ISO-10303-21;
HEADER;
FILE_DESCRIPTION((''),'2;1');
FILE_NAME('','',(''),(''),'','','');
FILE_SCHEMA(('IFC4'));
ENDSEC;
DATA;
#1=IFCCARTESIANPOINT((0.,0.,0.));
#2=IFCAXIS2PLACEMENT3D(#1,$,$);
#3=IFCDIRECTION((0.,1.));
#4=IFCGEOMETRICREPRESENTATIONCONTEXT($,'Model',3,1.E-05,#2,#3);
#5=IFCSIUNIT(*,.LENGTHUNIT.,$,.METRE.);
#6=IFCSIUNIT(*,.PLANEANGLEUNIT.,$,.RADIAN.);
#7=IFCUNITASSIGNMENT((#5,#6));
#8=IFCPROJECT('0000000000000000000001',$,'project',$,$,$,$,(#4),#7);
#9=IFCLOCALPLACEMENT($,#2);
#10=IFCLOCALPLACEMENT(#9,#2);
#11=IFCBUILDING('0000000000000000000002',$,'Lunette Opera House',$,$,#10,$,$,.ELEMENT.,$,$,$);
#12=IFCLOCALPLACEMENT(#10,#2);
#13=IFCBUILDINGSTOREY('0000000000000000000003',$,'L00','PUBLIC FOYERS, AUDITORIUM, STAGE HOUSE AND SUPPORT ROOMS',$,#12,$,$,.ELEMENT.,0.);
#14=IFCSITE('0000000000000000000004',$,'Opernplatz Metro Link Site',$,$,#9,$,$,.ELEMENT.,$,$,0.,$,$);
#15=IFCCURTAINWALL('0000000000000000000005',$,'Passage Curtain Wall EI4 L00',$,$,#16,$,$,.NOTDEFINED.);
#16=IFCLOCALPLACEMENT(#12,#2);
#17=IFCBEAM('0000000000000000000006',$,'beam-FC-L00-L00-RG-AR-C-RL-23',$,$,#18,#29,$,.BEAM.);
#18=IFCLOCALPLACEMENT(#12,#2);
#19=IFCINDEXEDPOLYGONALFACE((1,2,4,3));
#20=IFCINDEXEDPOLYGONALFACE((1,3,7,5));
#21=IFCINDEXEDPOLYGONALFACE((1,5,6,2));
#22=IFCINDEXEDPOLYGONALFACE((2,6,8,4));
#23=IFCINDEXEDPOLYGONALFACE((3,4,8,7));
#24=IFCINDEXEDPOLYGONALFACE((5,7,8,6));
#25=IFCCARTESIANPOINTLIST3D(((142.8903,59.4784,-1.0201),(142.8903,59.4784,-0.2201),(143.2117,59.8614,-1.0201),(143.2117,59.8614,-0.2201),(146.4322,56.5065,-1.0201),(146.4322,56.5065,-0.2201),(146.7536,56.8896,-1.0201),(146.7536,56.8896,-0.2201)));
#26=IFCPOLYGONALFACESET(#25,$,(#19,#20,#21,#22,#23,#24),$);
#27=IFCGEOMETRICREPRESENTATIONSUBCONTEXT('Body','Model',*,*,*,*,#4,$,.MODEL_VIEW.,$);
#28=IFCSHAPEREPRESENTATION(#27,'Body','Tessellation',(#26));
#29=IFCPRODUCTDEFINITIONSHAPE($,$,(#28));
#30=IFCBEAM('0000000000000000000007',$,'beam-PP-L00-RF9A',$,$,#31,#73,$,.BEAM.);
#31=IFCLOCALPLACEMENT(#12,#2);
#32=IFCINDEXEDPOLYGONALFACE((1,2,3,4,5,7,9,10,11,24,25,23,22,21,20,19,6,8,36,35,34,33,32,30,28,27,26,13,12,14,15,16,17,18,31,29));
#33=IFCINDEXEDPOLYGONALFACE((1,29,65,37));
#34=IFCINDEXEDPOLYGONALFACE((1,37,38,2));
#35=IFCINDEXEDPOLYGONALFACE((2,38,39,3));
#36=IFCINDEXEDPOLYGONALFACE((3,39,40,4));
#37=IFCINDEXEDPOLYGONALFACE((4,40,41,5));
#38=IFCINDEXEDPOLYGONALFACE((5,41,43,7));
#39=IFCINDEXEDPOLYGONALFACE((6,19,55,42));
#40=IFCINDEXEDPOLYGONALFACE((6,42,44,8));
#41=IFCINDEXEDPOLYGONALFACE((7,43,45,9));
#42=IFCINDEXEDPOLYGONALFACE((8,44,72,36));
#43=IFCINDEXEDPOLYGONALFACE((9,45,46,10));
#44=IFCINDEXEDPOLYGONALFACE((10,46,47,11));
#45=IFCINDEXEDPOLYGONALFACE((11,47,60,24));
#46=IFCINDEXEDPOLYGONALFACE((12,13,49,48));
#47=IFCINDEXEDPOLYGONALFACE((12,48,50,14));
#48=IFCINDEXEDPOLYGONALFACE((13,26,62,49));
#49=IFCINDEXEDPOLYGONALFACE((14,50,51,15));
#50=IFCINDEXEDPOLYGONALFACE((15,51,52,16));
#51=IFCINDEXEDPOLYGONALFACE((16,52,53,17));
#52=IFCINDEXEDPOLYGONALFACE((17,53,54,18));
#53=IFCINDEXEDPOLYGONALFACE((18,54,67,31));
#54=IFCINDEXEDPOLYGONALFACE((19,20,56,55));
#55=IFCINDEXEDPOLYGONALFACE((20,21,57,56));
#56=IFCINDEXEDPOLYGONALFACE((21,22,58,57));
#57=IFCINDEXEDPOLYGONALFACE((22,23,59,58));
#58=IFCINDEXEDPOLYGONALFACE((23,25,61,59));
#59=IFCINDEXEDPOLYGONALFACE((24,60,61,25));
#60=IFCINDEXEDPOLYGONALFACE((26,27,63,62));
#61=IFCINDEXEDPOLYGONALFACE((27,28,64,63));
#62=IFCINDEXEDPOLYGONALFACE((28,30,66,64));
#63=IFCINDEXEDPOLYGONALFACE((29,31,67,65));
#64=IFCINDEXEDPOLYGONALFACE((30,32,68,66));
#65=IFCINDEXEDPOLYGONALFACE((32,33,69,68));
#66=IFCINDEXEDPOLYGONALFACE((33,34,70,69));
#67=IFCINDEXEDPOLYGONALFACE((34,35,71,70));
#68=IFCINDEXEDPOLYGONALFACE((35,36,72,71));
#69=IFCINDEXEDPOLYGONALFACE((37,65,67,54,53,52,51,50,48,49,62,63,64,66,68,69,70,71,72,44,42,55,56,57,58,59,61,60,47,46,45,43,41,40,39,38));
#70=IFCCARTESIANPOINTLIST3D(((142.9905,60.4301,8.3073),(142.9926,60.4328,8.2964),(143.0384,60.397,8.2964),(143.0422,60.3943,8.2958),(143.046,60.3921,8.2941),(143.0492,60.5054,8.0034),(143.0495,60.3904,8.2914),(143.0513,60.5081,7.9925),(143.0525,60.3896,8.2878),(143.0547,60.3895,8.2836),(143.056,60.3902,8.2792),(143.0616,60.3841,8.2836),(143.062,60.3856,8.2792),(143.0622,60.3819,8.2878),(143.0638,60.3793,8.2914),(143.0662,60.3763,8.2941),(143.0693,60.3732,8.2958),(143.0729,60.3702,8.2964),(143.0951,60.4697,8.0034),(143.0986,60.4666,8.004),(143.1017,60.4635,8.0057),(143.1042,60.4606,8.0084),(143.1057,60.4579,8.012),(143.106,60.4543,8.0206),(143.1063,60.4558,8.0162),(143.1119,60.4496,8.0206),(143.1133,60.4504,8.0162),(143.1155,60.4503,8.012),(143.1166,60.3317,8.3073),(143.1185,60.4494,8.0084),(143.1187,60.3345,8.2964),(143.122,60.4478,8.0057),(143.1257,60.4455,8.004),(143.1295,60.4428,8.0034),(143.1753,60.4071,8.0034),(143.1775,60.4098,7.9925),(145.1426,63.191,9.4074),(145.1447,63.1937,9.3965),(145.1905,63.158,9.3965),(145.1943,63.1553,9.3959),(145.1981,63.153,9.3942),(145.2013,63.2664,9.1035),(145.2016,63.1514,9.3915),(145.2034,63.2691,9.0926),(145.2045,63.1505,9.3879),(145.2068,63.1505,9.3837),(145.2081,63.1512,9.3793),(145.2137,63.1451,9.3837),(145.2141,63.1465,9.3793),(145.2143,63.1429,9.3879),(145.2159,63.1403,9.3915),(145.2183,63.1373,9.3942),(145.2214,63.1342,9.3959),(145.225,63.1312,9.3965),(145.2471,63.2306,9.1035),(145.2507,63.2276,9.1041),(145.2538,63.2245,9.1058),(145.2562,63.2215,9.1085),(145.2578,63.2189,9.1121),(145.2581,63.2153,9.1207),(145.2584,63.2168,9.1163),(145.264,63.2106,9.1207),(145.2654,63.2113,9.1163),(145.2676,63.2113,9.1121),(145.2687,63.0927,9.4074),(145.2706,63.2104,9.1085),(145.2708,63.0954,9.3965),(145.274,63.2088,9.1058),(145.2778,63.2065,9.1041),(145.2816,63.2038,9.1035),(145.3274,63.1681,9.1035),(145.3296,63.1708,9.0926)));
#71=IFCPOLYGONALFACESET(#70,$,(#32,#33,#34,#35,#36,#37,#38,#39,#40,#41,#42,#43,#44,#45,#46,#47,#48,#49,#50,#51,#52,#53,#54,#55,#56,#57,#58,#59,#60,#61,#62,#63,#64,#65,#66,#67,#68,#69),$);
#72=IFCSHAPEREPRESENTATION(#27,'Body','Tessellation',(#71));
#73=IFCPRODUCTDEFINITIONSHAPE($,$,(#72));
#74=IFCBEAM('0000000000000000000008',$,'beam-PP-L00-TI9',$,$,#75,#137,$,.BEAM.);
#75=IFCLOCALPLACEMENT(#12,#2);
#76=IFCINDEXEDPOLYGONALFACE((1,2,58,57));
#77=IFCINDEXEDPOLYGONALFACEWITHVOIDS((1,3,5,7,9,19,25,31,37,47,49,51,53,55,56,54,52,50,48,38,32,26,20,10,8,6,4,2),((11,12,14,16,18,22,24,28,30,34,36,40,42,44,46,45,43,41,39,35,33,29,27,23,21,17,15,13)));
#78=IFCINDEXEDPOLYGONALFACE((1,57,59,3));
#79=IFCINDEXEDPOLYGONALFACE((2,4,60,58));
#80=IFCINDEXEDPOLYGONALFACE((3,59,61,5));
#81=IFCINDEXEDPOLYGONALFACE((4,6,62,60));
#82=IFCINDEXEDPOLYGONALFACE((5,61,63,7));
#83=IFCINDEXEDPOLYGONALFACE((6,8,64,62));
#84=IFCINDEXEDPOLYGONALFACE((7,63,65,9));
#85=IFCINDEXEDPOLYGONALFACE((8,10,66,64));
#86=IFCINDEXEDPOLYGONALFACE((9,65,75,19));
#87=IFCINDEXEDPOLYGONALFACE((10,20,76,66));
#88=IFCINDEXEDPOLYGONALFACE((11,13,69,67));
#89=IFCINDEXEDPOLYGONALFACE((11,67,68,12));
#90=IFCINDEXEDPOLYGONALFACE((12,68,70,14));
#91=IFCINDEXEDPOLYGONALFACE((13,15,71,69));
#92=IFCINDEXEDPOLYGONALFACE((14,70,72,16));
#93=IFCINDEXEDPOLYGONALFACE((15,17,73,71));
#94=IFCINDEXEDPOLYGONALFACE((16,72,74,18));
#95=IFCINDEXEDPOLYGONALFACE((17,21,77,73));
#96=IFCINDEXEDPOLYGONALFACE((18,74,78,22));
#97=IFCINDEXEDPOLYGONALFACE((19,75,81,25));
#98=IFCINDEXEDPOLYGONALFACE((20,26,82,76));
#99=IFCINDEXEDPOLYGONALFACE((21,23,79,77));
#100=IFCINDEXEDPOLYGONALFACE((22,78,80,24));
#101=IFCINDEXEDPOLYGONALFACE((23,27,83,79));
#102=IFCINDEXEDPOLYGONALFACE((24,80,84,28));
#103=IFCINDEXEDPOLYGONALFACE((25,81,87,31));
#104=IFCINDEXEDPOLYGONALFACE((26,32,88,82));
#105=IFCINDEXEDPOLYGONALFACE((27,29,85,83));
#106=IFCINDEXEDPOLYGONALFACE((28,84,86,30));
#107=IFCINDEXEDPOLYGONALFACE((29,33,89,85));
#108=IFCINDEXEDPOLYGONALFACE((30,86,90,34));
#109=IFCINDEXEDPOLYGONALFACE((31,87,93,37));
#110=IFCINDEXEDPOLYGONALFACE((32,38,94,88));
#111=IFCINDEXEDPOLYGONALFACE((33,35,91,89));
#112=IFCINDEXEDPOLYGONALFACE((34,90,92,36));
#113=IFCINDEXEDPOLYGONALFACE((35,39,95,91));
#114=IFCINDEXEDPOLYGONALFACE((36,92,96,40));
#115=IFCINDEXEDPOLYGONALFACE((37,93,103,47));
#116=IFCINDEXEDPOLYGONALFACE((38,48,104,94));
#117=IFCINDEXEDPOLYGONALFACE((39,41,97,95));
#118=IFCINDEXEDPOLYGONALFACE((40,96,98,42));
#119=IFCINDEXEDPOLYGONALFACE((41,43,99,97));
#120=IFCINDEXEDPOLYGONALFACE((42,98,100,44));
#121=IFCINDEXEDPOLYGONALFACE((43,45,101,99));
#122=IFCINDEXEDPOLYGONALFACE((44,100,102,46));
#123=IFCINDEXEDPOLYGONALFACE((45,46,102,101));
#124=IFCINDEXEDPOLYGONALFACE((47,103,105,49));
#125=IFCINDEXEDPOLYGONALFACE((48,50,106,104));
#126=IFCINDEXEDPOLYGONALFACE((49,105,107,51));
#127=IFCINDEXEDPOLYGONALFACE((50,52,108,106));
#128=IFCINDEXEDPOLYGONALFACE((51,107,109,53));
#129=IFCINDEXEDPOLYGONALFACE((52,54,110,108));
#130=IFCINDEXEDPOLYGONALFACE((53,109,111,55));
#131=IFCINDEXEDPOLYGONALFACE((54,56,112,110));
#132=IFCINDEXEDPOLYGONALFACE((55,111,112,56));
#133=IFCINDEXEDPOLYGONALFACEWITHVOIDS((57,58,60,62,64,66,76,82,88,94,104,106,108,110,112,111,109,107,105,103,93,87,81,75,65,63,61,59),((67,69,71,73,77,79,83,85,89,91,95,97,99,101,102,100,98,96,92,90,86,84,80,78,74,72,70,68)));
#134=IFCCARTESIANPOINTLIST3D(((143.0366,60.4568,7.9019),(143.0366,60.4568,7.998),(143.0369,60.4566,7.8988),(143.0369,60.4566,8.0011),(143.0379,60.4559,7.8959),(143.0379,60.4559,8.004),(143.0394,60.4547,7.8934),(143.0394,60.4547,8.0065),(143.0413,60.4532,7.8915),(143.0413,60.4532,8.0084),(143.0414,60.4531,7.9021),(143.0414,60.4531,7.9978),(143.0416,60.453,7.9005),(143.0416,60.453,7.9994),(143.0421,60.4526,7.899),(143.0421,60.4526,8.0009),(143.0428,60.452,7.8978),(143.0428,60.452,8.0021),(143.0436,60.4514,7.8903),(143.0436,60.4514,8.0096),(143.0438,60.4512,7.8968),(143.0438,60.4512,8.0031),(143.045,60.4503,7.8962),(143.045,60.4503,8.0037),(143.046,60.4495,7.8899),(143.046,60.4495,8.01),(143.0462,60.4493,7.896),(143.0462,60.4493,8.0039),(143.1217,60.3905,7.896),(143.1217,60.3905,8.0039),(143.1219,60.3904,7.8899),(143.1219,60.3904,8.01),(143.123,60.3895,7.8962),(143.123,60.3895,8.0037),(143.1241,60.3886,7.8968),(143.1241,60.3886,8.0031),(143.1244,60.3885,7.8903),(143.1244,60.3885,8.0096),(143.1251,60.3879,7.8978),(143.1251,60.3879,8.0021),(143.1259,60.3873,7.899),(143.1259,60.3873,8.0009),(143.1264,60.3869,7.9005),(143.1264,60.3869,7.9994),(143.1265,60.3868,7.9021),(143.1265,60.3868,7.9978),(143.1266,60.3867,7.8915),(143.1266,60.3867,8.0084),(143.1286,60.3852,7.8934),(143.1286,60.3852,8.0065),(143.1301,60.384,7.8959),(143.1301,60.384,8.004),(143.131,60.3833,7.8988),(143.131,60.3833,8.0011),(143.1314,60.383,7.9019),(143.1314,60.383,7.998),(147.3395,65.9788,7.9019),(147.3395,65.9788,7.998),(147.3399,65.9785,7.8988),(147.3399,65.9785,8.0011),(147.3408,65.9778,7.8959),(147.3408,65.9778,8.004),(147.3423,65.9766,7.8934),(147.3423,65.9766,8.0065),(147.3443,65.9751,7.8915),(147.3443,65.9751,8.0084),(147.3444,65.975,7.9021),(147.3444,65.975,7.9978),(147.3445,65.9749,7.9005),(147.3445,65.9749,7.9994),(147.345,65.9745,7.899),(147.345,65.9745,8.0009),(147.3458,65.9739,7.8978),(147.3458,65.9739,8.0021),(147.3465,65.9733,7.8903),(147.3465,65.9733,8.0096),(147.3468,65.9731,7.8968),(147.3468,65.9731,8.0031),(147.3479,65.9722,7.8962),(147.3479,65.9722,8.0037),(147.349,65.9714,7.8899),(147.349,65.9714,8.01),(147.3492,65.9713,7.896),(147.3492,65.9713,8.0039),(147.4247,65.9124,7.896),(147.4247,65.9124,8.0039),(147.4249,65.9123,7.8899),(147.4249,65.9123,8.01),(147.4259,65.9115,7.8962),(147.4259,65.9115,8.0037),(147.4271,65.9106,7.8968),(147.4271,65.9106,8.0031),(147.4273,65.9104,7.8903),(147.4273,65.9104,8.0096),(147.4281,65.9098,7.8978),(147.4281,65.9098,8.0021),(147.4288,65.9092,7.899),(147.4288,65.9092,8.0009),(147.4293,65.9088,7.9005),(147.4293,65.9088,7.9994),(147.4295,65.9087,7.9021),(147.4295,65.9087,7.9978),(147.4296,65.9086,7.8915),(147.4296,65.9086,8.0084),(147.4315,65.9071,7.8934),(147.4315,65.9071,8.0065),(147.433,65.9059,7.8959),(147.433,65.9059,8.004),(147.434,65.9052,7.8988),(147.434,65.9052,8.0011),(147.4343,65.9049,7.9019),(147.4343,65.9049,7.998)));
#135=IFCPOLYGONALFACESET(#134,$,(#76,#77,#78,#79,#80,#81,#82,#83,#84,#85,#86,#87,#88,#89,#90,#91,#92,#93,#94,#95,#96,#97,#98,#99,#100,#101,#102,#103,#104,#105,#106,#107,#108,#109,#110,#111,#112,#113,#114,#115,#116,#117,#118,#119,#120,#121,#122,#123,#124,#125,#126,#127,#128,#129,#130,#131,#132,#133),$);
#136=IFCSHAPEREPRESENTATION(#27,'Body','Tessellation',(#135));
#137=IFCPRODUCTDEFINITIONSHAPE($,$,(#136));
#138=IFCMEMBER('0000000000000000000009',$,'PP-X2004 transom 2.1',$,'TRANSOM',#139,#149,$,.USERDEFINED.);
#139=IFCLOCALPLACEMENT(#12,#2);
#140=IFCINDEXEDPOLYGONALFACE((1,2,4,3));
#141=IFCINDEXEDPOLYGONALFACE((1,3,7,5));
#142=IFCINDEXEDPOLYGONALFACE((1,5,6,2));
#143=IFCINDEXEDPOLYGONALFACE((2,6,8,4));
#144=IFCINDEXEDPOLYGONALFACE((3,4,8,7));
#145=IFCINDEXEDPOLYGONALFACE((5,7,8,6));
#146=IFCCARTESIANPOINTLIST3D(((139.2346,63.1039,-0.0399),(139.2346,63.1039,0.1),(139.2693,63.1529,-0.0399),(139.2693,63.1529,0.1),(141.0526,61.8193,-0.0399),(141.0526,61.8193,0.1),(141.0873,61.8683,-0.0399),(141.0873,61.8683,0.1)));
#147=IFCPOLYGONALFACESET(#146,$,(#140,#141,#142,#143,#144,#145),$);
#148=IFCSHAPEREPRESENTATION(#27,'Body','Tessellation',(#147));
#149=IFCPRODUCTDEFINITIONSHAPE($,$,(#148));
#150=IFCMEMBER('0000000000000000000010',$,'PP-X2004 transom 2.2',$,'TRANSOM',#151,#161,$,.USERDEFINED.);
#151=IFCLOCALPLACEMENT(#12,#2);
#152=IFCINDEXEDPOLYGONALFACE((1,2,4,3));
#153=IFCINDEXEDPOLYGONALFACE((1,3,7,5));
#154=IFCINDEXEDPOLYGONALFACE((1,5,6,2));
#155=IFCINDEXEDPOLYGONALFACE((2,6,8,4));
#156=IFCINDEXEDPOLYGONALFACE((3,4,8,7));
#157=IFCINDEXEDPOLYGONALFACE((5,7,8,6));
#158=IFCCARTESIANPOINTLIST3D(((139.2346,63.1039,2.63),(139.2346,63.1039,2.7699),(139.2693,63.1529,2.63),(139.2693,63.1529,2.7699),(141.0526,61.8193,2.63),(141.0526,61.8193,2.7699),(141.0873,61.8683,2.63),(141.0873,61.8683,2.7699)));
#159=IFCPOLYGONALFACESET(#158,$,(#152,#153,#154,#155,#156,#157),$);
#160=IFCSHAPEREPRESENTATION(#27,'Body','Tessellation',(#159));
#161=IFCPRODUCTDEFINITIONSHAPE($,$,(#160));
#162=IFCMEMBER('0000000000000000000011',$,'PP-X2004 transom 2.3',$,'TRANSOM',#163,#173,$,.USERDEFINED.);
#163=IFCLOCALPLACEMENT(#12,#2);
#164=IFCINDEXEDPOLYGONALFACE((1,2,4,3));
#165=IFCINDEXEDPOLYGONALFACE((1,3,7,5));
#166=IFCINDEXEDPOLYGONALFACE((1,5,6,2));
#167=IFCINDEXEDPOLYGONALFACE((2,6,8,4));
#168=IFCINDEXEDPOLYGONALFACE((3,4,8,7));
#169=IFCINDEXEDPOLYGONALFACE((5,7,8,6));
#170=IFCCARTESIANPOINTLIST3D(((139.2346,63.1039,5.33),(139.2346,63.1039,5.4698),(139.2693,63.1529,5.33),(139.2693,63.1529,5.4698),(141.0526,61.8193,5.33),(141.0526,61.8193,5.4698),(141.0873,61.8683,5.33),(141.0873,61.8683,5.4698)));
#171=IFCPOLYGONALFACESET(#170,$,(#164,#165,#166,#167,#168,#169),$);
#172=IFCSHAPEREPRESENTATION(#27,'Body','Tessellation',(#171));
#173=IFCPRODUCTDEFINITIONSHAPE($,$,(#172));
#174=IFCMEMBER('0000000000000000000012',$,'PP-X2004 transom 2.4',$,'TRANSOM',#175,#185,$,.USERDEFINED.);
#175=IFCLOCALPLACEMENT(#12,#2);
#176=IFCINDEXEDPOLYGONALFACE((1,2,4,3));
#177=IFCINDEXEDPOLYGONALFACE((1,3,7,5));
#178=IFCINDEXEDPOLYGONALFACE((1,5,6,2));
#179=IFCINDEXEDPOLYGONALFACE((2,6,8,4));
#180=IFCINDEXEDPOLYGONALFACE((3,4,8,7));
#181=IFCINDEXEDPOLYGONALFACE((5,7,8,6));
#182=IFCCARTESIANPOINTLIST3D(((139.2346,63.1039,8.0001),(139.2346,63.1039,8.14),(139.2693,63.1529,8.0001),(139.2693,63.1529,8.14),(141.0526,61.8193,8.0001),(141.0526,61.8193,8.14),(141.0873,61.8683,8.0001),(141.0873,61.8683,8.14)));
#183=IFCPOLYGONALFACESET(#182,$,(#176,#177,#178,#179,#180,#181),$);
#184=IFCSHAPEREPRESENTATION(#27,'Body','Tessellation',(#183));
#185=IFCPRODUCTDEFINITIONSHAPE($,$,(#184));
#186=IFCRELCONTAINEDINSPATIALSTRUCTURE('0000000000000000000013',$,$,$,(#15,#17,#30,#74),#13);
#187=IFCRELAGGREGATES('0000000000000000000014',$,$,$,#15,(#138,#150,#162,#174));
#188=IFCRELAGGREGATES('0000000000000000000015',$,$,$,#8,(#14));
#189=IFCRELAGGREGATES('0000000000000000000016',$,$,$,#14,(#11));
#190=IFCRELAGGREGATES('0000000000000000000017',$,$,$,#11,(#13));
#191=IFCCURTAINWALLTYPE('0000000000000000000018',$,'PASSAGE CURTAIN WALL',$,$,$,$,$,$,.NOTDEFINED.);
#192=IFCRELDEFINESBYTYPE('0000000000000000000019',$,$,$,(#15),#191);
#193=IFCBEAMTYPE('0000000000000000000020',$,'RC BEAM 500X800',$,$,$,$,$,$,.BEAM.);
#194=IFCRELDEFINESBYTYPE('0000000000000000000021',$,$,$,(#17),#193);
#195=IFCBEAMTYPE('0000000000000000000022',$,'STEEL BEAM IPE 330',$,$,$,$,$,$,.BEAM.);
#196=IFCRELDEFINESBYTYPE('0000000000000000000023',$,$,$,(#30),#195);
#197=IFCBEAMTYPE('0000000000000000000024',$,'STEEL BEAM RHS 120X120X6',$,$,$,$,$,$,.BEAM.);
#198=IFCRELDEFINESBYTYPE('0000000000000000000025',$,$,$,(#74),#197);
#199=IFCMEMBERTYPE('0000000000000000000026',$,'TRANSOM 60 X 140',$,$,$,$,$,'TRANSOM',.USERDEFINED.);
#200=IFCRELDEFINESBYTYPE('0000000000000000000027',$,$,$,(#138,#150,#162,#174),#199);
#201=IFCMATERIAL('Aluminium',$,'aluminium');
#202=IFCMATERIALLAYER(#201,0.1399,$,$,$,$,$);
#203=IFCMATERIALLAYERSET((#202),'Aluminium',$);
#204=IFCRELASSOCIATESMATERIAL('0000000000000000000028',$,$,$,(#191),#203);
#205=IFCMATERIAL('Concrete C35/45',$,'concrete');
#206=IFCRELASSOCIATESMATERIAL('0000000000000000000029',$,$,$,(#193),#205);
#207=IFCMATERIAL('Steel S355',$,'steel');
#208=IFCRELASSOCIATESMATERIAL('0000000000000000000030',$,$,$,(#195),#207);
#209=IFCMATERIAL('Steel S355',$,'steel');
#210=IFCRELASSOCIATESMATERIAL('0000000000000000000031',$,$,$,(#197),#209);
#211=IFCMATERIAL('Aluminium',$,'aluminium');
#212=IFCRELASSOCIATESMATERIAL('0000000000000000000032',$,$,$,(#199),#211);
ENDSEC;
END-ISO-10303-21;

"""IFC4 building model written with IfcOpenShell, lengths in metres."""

from ifc_helpers import new_model, si_unit, direction, frame, origin, origin_2d, place, context, subcontext, project, spatial, rectangle, hollow_rectangle, i_section, extrude, material, layer, layer_set, material_profile, profile_set, type_object, element, aggregate, save


model = new_model("IFC4")

# Units and contexts
model_context = context("Model", 3, precision=1e-05, world=origin(), true_north=direction((0.0, 1.0)))
body_context = subcontext(model_context, "Body", "Model", "MODEL_VIEW")
ifc_project = project(units=[si_unit("LENGTHUNIT", "METRE"), si_unit("PLANEANGLEUNIT", "RADIAN")], contexts=[model_context])

# Site, building, storey
site_placement = place(None, origin())
site = spatial("IfcSite", under=ifc_project, at=site_placement, Name="Opernplatz Metro Link Site", CompositionType="ELEMENT", RefElevation=0.0)
building_placement = place(site_placement, origin())
building = spatial("IfcBuilding", under=site, at=building_placement, Name="Lunette Opera House", CompositionType="ELEMENT")
storey_placement = place(building_placement, origin())
storey = spatial("IfcBuildingStorey", under=building, at=storey_placement, Name="L00", Description="PUBLIC FOYERS, AUDITORIUM, STAGE HOUSE AND SUPPORT ROOMS", CompositionType="ELEMENT", Elevation=0.0)

# Curtain wall
ifc_material_1 = material(Name="Aluminium", Category="aluminium")
ifc_layer_1 = layer(ifc_material_1, 0.1399)
ifc_layer_set_1 = layer_set([ifc_layer_1], Name="Aluminium")
curtain_wall_type = type_object("IfcCurtainWallType", Name="PASSAGE CURTAIN WALL", PredefinedType="NOTDEFINED", material=ifc_layer_set_1)
curtain_wall_1_placement = place(storey_placement, origin())
curtain_wall_1 = element("IfcCurtainWall", 1, at=curtain_wall_1_placement, inside=storey, type_object=curtain_wall_type, Name="Passage Curtain Wall EI4 L00", PredefinedType="NOTDEFINED")

# Beams
ifc_material_2 = material(Name="Concrete C35/45", Category="concrete")
ifc_material_profile_1 = material_profile(ifc_material_2, rectangle(XDim=0.5, YDim=0.8, at=origin_2d()), Name="RC BEAM 500X800")
ifc_profile_set_1 = profile_set([ifc_material_profile_1], Name="Concrete C35/45")
beam_type_1 = type_object("IfcBeamType", Name="RC BEAM 500X800", PredefinedType="BEAM", material=ifc_profile_set_1)
beam_1_placement = place(storey_placement, frame((143.051, 59.6699, -0.6201), z_axis=(0.766062, -0.642767, 0.0), x_axis=(0.642767, 0.766062, 0.0)))
element("IfcBeam", 2, at=beam_1_placement, inside=storey, type_object=beam_type_1, Name="beam-FC-L00-L00-RG-AR-C-RL-23", PredefinedType="BEAM", context=body_context, shape_type="SweptSolid", body=[
    extrude(rectangle(XDim=0.5, YDim=0.8, at=origin_2d()), origin(), (0.0, 0.0, 1.0), 4.6235),
])
ifc_material_3 = material(Name="Steel S355", Category="steel")
ifc_material_profile_2 = material_profile(ifc_material_3, i_section(OverallWidth=0.1599, OverallDepth=0.3301, WebThickness=0.0076, FlangeThickness=0.0115, FilletRadius=0.0181, at=origin_2d()), Name="IPE 330")
ifc_profile_set_2 = profile_set([ifc_material_profile_2], Name="Steel S355")
beam_type_2 = type_object("IfcBeamType", Name="STEEL BEAM IPE 330", PredefinedType="BEAM", material=ifc_profile_set_2)
beam_2_placement = place(storey_placement, frame((143.084, 60.4199, 8.1499), z_axis=(0.586493, 0.752427, 0.2998), x_axis=(-0.788706, 0.614771, 0.0)))
element("IfcBeam", 3, at=beam_2_placement, inside=storey, type_object=beam_type_2, Name="beam-PP-L00-RF9A", PredefinedType="BEAM", context=body_context, shape_type="SweptSolid", body=[
    extrude(i_section(OverallWidth=0.1599, OverallDepth=0.3301, WebThickness=0.0076, FlangeThickness=0.0115, FilletRadius=0.0181, at=origin_2d()), origin(), (0.0, 0.0, 1.0), 3.6694),
])
ifc_material_4 = material(Name="Steel S355", Category="steel")
ifc_material_profile_3 = material_profile(ifc_material_4, hollow_rectangle(XDim=0.1201, YDim=0.1201, WallThickness=0.0061, InnerFilletRadius=0.0061, OuterFilletRadius=0.012, at=origin_2d()), Name="RHS 120X120X6")
ifc_profile_set_3 = profile_set([ifc_material_profile_3], Name="Steel S355")
beam_type_3 = type_object("IfcBeamType", Name="STEEL BEAM RHS 120X120X6", PredefinedType="BEAM", material=ifc_profile_set_3)
beam_3_placement = place(storey_placement, frame((143.084, 60.4199, 7.95), z_axis=(0.614662, 0.78879, 0.0), x_axis=(-0.78879, 0.614662, 0.0)))
element("IfcBeam", 4, at=beam_3_placement, inside=storey, type_object=beam_type_3, Name="beam-PP-L00-TI9", PredefinedType="BEAM", context=body_context, shape_type="SweptSolid", body=[
    extrude(hollow_rectangle(XDim=0.1201, YDim=0.1201, WallThickness=0.0061, InnerFilletRadius=0.0061, OuterFilletRadius=0.012, at=origin_2d()), origin(), (0.0, 0.0, 1.0), 7.0005),
])

# Members
ifc_material_5 = material(Name="Aluminium", Category="aluminium")
ifc_material_profile_4 = material_profile(ifc_material_5, rectangle(XDim=0.0601, YDim=0.1399, at=origin_2d()), Name="TRANSOM 60 X 140")
ifc_profile_set_4 = profile_set([ifc_material_profile_4], Name="Aluminium")
member_type_1 = type_object("IfcMemberType", Name="TRANSOM 60 X 140", ElementType="TRANSOM", PredefinedType="USERDEFINED", material=ifc_profile_set_4)
member_1_placement = place(storey_placement, frame((139.252, 63.1284, 0.03), z_axis=(0.816694, -0.577071, 0.0), x_axis=(0.577071, 0.816694, 0.0)))
member_1 = element("IfcMember", 5, at=member_1_placement, type_object=member_type_1, Name="PP-X2004 transom 2.1", ObjectType="TRANSOM", PredefinedType="USERDEFINED", context=body_context, shape_type="SweptSolid", body=[
    extrude(rectangle(XDim=0.0601, YDim=0.1399, at=origin_2d()), origin(), (0.0, 0.0, 1.0), 2.2261),
])
member_2_placement = place(storey_placement, frame((139.252, 63.1284, 2.7), z_axis=(0.816694, -0.577071, 0.0), x_axis=(0.577071, 0.816694, 0.0)))
member_2 = element("IfcMember", 6, at=member_2_placement, type_object=member_type_1, Name="PP-X2004 transom 2.2", ObjectType="TRANSOM", PredefinedType="USERDEFINED", context=body_context, shape_type="SweptSolid", body=[
    extrude(rectangle(XDim=0.0601, YDim=0.1399, at=origin_2d()), origin(), (0.0, 0.0, 1.0), 2.2261),
])
member_3_placement = place(storey_placement, frame((139.252, 63.1284, 5.3999), z_axis=(0.816694, -0.577071, 0.0), x_axis=(0.577071, 0.816694, 0.0)))
member_3 = element("IfcMember", 7, at=member_3_placement, type_object=member_type_1, Name="PP-X2004 transom 2.3", ObjectType="TRANSOM", PredefinedType="USERDEFINED", context=body_context, shape_type="SweptSolid", body=[
    extrude(rectangle(XDim=0.0601, YDim=0.1399, at=origin_2d()), origin(), (0.0, 0.0, 1.0), 2.2261),
])
member_4_placement = place(storey_placement, frame((139.252, 63.1284, 8.0701), z_axis=(0.816694, -0.577071, 0.0), x_axis=(0.577071, 0.816694, 0.0)))
member_4 = element("IfcMember", 8, at=member_4_placement, type_object=member_type_1, Name="PP-X2004 transom 2.4", ObjectType="TRANSOM", PredefinedType="USERDEFINED", context=body_context, shape_type="SweptSolid", body=[
    extrude(rectangle(XDim=0.0601, YDim=0.1399, at=origin_2d()), origin(), (0.0, 0.0, 1.0), 2.2261),
])

aggregate(curtain_wall_1, [member_1, member_2, member_3, member_4])

save(model, "model.ifc")
